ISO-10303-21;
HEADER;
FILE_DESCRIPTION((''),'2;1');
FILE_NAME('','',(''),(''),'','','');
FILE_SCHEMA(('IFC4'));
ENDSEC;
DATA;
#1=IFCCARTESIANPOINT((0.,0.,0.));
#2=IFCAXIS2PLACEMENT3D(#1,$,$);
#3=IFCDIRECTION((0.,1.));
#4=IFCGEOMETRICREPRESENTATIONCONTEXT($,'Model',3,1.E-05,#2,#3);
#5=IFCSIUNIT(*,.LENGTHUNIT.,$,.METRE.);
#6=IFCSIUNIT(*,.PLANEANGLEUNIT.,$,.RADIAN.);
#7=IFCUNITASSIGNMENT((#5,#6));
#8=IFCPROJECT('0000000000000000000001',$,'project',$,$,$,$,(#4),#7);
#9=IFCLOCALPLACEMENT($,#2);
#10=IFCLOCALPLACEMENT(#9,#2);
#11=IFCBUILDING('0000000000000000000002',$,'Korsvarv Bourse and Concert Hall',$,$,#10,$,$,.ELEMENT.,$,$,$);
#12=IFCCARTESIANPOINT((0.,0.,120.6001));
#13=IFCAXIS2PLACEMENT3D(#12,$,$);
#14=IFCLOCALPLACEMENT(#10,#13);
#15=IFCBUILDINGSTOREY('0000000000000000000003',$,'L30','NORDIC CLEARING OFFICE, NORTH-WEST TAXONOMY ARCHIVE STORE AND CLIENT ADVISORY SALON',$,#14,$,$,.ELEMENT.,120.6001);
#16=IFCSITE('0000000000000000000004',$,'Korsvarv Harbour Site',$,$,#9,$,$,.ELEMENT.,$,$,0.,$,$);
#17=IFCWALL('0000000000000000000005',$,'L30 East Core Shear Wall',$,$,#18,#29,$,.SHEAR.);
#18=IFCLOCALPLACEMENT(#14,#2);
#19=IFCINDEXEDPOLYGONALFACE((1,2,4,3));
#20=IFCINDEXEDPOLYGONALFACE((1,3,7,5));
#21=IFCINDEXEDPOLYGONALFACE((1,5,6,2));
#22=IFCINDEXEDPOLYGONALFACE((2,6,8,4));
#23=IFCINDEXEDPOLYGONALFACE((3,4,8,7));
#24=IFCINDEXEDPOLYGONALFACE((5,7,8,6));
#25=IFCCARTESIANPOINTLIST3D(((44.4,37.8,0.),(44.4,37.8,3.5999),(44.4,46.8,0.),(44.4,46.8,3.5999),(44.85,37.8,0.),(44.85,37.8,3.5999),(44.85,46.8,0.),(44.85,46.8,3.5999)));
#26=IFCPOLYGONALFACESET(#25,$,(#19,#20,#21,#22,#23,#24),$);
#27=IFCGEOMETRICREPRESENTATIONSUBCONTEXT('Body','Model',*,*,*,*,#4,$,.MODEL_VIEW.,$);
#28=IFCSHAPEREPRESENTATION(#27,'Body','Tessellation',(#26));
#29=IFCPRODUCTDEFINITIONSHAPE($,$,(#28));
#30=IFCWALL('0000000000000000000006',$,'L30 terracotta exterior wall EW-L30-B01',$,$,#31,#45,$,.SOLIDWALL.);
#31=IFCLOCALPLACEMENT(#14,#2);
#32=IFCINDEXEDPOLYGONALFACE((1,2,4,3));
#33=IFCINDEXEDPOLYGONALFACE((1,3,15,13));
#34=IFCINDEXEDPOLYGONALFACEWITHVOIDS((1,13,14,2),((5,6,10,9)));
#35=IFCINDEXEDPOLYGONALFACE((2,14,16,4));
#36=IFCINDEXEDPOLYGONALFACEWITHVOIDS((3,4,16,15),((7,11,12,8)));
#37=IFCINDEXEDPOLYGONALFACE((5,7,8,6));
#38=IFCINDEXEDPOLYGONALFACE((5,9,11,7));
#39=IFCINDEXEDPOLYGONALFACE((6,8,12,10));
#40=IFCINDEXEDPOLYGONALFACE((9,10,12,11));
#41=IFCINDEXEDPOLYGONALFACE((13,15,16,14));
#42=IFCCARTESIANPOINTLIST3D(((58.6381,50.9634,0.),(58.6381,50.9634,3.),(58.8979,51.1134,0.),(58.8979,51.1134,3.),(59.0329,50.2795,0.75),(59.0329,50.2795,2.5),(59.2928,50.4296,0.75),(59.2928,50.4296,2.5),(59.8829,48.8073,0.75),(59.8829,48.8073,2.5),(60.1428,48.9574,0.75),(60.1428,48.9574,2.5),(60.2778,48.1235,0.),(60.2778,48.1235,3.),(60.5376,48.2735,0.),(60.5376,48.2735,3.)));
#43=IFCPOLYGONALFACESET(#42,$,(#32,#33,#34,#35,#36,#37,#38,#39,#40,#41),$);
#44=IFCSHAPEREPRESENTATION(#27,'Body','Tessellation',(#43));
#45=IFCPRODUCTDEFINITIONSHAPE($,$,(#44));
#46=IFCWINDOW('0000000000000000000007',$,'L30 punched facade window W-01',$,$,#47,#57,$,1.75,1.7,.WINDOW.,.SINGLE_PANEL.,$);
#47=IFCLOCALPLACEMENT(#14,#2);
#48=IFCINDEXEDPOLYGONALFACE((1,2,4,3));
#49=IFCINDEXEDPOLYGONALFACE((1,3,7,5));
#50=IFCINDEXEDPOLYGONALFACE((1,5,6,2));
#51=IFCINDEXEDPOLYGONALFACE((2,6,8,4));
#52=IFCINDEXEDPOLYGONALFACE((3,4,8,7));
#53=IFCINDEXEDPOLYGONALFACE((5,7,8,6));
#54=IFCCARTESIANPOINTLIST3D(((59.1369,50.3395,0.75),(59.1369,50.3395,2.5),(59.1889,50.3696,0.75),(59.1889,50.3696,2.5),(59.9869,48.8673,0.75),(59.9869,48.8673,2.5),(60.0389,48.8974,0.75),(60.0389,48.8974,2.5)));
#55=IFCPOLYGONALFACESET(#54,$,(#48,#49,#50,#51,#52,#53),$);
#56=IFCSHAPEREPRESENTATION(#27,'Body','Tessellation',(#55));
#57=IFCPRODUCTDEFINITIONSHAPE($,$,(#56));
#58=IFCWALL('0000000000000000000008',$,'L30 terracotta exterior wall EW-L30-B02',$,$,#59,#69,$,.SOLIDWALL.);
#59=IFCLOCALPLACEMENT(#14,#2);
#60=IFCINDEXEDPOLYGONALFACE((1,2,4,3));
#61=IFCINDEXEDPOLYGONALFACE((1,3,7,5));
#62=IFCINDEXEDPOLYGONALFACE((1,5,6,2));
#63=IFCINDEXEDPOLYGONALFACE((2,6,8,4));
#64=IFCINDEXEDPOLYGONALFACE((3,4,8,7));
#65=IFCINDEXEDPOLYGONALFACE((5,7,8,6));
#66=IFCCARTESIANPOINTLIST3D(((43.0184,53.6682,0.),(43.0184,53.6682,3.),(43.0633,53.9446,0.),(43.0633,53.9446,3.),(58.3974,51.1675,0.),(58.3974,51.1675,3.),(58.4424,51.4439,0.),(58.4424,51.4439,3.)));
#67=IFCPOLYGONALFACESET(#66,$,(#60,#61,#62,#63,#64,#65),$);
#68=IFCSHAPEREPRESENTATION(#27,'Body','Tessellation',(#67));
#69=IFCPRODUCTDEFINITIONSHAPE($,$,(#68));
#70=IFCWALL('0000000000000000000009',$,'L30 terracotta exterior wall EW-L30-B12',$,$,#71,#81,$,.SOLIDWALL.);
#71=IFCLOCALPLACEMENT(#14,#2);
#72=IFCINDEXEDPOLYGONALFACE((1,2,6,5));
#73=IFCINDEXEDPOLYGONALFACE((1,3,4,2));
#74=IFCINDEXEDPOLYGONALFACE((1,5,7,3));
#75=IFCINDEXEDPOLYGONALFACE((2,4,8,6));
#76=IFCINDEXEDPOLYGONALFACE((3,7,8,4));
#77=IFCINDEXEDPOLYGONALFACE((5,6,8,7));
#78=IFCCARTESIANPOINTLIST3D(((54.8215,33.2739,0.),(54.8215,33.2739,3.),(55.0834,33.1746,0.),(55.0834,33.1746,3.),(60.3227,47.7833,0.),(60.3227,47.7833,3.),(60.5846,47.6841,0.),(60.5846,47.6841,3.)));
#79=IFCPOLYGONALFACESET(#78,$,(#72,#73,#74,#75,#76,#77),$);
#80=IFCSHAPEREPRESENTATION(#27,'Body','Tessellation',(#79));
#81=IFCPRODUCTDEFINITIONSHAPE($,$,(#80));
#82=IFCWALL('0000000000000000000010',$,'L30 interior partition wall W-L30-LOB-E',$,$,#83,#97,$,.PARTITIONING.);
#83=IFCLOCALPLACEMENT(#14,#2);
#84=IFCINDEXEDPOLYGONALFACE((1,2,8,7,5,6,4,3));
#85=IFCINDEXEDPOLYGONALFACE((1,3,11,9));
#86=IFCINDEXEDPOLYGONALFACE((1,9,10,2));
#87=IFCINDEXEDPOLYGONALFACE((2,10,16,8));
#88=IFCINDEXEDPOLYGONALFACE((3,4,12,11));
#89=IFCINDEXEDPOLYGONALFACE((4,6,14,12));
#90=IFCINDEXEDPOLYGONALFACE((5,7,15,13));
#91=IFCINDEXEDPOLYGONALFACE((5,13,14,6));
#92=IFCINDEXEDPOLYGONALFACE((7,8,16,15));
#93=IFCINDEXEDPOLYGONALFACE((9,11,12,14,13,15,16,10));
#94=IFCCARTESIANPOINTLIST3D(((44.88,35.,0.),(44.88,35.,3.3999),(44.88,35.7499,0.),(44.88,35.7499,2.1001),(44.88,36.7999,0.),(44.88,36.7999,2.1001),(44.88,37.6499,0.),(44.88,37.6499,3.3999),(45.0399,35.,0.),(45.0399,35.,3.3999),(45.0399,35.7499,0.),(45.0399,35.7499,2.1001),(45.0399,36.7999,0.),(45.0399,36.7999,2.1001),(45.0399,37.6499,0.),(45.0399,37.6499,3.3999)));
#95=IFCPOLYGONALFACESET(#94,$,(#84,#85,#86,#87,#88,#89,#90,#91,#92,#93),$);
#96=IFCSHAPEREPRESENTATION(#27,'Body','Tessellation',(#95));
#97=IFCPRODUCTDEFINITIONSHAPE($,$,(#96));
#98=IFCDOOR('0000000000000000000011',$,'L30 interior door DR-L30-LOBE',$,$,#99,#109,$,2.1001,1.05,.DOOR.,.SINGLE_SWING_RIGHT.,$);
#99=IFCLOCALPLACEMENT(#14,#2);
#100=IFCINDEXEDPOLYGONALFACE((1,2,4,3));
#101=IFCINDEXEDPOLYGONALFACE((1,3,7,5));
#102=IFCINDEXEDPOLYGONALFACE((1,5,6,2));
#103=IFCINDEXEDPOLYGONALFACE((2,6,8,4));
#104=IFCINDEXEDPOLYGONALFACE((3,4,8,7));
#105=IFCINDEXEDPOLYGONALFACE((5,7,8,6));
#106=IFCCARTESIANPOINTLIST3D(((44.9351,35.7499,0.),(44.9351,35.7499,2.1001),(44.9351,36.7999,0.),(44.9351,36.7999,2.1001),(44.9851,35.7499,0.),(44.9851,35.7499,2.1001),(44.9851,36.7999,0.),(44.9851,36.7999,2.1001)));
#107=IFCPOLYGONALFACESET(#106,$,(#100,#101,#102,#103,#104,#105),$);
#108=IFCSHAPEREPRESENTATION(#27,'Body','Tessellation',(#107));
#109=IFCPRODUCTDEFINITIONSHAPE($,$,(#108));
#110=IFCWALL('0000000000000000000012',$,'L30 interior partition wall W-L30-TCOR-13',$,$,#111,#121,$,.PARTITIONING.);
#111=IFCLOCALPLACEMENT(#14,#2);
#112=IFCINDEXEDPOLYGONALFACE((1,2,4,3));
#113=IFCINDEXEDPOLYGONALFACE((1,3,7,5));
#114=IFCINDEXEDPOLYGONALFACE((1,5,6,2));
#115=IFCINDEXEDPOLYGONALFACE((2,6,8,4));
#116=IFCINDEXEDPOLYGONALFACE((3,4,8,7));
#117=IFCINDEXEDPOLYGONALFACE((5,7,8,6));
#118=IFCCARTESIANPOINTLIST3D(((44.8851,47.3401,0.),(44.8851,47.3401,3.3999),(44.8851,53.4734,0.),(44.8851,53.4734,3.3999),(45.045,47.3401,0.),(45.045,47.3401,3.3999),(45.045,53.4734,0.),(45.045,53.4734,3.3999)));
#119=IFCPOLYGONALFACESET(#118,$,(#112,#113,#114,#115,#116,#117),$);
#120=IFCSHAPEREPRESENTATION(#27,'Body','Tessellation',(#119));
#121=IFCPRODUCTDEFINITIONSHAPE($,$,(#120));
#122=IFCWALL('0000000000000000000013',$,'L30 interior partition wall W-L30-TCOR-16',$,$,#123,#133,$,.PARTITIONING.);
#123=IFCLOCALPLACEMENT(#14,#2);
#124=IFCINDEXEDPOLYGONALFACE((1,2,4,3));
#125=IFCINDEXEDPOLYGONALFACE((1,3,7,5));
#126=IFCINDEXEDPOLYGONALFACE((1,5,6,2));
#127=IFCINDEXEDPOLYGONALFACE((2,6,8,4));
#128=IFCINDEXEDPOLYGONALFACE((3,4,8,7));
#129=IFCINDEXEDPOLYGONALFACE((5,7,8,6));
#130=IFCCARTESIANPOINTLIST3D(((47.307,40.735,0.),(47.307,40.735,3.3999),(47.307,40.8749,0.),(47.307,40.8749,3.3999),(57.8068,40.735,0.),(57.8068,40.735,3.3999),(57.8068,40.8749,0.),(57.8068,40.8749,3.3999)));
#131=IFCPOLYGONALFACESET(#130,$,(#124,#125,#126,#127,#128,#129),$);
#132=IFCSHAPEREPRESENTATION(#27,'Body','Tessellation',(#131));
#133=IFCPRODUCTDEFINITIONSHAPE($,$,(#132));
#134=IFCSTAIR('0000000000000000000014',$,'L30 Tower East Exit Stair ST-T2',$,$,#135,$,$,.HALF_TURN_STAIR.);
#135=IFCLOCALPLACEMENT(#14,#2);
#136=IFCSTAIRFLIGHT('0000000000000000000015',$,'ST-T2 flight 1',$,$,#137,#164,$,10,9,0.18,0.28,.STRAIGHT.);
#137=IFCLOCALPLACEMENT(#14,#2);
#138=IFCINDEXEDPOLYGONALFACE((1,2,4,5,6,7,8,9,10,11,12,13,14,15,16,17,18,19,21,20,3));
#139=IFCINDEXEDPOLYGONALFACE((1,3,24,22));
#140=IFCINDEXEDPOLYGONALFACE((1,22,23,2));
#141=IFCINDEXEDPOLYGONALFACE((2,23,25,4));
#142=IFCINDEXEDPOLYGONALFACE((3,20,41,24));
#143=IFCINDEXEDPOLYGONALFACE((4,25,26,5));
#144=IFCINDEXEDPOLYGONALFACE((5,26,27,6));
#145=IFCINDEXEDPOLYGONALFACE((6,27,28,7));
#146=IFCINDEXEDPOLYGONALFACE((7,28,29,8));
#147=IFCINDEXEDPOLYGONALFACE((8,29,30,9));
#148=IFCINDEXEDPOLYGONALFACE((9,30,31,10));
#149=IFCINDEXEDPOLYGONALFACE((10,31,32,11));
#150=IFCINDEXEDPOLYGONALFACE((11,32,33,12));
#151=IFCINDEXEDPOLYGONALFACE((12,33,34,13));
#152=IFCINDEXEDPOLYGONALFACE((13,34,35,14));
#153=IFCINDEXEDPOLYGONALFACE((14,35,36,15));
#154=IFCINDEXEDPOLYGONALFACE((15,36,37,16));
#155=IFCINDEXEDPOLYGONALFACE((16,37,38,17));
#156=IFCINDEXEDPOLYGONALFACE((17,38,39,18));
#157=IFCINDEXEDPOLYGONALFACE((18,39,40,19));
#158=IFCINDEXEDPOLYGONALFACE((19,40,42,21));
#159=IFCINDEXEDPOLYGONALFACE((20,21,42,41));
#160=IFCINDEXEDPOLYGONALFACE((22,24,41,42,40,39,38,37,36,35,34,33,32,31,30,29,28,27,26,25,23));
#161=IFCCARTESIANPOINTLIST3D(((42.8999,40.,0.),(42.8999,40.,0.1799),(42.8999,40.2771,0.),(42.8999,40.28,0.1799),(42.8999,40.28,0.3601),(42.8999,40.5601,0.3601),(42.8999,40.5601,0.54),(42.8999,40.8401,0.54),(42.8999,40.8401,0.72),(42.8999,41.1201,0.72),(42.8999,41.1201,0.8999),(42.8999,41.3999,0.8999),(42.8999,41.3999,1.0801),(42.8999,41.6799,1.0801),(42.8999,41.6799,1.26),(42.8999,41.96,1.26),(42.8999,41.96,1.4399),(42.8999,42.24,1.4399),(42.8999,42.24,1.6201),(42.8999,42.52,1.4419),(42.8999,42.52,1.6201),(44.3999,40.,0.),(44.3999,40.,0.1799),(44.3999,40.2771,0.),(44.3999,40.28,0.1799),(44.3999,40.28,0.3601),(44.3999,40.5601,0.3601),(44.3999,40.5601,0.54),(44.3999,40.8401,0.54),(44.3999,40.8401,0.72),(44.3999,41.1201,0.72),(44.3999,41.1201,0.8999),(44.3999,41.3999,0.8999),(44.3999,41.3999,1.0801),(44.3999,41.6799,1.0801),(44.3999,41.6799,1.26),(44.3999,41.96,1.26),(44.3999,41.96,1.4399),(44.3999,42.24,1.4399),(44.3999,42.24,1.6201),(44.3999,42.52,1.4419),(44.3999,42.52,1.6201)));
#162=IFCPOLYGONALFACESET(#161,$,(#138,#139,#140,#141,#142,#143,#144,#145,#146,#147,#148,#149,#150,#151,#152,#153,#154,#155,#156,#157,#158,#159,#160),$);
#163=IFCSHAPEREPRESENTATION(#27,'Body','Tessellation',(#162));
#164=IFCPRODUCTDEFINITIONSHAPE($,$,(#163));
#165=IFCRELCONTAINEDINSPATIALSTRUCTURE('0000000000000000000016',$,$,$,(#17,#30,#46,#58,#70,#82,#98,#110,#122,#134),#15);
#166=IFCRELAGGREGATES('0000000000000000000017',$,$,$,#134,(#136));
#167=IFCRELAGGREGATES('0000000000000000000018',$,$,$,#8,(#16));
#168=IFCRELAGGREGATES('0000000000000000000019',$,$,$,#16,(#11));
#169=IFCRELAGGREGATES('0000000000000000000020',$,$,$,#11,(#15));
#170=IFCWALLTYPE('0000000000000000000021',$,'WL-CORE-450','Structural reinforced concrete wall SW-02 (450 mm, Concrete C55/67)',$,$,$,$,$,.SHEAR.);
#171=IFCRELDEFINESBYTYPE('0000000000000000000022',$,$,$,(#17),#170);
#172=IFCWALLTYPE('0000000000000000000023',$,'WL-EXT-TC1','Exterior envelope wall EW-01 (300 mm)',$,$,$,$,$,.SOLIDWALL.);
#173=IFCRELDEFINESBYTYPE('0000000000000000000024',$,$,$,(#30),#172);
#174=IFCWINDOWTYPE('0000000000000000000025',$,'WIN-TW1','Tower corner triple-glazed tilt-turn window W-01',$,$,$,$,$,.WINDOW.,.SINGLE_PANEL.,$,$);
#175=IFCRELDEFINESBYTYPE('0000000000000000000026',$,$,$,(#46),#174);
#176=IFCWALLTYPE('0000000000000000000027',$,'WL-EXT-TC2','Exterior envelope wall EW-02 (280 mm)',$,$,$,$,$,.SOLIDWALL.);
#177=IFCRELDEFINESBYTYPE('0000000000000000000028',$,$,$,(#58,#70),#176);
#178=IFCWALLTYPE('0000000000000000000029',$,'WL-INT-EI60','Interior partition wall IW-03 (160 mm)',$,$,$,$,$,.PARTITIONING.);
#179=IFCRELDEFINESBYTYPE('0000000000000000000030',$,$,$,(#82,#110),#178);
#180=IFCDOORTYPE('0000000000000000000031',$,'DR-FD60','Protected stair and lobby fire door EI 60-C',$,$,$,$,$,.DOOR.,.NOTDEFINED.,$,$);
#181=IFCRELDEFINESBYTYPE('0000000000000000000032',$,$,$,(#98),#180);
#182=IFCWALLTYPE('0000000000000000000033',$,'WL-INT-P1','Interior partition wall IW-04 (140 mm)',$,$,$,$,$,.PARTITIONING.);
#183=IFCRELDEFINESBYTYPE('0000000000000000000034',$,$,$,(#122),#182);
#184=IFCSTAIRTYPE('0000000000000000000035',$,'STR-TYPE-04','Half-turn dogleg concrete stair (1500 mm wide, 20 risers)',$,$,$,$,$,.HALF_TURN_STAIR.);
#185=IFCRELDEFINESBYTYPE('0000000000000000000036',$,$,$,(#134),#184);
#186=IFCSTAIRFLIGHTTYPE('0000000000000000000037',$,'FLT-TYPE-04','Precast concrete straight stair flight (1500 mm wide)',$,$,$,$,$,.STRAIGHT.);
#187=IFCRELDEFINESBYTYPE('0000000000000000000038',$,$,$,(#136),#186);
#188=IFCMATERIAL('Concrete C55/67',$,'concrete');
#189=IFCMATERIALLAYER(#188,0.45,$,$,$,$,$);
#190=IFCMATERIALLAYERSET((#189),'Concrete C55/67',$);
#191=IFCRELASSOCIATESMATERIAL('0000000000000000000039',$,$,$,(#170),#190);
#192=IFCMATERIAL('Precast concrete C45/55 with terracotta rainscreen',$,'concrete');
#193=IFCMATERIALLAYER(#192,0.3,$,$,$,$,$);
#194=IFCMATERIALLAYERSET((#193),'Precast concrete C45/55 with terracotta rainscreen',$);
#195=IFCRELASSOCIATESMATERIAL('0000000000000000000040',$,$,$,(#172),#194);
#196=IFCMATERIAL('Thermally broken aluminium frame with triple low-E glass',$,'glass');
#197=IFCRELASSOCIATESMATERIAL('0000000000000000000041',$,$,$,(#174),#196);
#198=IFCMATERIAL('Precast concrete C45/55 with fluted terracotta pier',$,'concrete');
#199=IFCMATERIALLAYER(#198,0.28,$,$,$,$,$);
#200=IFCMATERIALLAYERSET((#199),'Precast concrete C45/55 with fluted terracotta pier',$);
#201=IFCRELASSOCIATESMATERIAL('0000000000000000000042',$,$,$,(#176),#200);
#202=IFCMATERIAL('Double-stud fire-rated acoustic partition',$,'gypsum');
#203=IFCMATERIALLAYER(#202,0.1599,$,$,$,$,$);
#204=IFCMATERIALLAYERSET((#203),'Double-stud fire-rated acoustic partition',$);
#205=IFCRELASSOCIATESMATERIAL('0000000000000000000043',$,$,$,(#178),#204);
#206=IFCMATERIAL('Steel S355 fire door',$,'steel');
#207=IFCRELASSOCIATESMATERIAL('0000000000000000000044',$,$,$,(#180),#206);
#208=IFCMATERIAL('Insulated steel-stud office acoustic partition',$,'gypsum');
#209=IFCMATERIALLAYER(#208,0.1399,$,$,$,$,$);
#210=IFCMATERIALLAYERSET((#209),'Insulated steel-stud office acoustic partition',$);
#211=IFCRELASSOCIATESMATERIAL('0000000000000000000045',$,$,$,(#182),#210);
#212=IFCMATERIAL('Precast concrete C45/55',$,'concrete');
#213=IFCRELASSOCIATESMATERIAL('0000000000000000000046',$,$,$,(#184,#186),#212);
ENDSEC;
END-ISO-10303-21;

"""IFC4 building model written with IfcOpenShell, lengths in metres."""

from ifc_helpers import new_model, si_unit, direction, frame, frame_2d, origin, place, context, subcontext, project, spatial, polyline, rectangle, outline, extrude, material, layer, layer_set, type_object, element, fill, aggregate, save


model = new_model("IFC4")

# Units and contexts
model_context = context("Model", 3, precision=1e-05, world=origin(), true_north=direction((0.0, 1.0)))
body_context = subcontext(model_context, "Body", "Model", "MODEL_VIEW")
ifc_project = project(units=[si_unit("LENGTHUNIT", "METRE"), si_unit("PLANEANGLEUNIT", "RADIAN")], contexts=[model_context])

# Site, building, storey
site_placement = place(None, origin())
site = spatial("IfcSite", under=ifc_project, at=site_placement, Name="Korsvarv Harbour Site", CompositionType="ELEMENT", RefElevation=0.0)
building_placement = place(site_placement, origin())
building = spatial("IfcBuilding", under=site, at=building_placement, Name="Korsvarv Bourse and Concert Hall", CompositionType="ELEMENT")
storey_placement = place(building_placement, frame((0.0, 0.0, 120.6001)))
storey = spatial("IfcBuildingStorey", under=building, at=storey_placement, Name="L30", Description="NORDIC CLEARING OFFICE, NORTH-WEST TAXONOMY ARCHIVE STORE AND CLIENT ADVISORY SALON", CompositionType="ELEMENT", Elevation=120.6001)

# Wall
ifc_material_1 = material(Name="Concrete C55/67", Category="concrete")
ifc_layer_1 = layer(ifc_material_1, 0.45)
ifc_layer_set_1 = layer_set([ifc_layer_1], Name="Concrete C55/67")
wall_type_1 = type_object("IfcWallType", Name="WL-CORE-450", Description="Structural reinforced concrete wall SW-02 (450 mm, Concrete C55/67)", PredefinedType="SHEAR", material=ifc_layer_set_1)
wall_1_placement = place(storey_placement, frame((44.625, 37.8, 0.0), z_axis=(0.0, 0.0, 1.0), x_axis=(0.0, 1.0, 0.0)))
element("IfcWall", 1, at=wall_1_placement, inside=storey, type_object=wall_type_1, Name="L30 East Core Shear Wall", PredefinedType="SHEAR", context=body_context, shape_type="SweptSolid", body=[
    extrude(rectangle(XDim=9.0, YDim=0.45, at=frame_2d((4.5, 0.0))), origin(), (0.0, 0.0, 1.0), 3.5999),
])

# Wall, opening, window
ifc_material_2 = material(Name="Precast concrete C45/55 with terracotta rainscreen", Category="concrete")
ifc_layer_2 = layer(ifc_material_2, 0.3)
ifc_layer_set_2 = layer_set([ifc_layer_2], Name="Precast concrete C45/55 with terracotta rainscreen")
wall_type_2 = type_object("IfcWallType", Name="WL-EXT-TC1", Description="Exterior envelope wall EW-01 (300 mm)", PredefinedType="SOLIDWALL", material=ifc_layer_set_2)
wall_2_placement = place(storey_placement, frame((60.4077, 48.1985, 0.0), z_axis=(0.0, 0.0, 1.0), x_axis=(-0.500015, 0.866017, 0.0)))
wall_2 = element("IfcWall", 2, at=wall_2_placement, inside=storey, type_object=wall_type_2, Name="L30 terracotta exterior wall EW-L30-B01", PredefinedType="SOLIDWALL", context=body_context, shape_type="SweptSolid", body=[
    extrude(rectangle(XDim=3.2793, YDim=0.3, at=frame_2d((1.6396, 0.0))), origin(), (0.0, 0.0, 1.0), 3.0),
])
opening_1_placement = place(wall_2_placement, frame((0.7896, 0.0, 0.75)))
opening_1 = element("IfcOpeningElement", 3, at=opening_1_placement, cuts=wall_2, PredefinedType="OPENING", context=body_context, shape_type="SweptSolid", body=[
    extrude(rectangle(XDim=1.7, YDim=1.75, at=frame_2d((0.8501, 0.875))), frame((0.0, 0.1602, 0.0), z_axis=(0.0, -1.0, 0.0), x_axis=(1.0, 0.0, 0.0)), (0.0, 0.0, 1.0), 0.3201),
])
ifc_material_3 = material(Name="Thermally broken aluminium frame with triple low-E glass", Category="glass")
window_type = type_object("IfcWindowType", Name="WIN-TW1", Description="Tower corner triple-glazed tilt-turn window W-01", PartitioningType="SINGLE_PANEL", PredefinedType="WINDOW", material=ifc_material_3)
window_placement = place(opening_1_placement, origin())
window = element("IfcWindow", 4, at=window_placement, inside=storey, type_object=window_type, Name="L30 punched facade window W-01", OverallHeight=1.75, OverallWidth=1.7, PartitioningType="SINGLE_PANEL", PredefinedType="WINDOW", context=body_context, shape_type="SweptSolid", body=[
    extrude(rectangle(XDim=1.7, YDim=1.75, at=frame_2d((0.8501, 0.875))), frame((0.0, 0.03, 0.0), z_axis=(0.0, -1.0, 0.0), x_axis=(1.0, 0.0, 0.0)), (0.0, 0.0, 1.0), 0.0601),
])
fill(opening_1, window)

# Walls
ifc_material_4 = material(Name="Precast concrete C45/55 with fluted terracotta pier", Category="concrete")
ifc_layer_3 = layer(ifc_material_4, 0.28)
ifc_layer_set_3 = layer_set([ifc_layer_3], Name="Precast concrete C45/55 with fluted terracotta pier")
wall_type_3 = type_object("IfcWallType", Name="WL-EXT-TC2", Description="Exterior envelope wall EW-02 (280 mm)", PredefinedType="SOLIDWALL", material=ifc_layer_set_3)
wall_3_placement = place(storey_placement, frame((58.4199, 51.3057, 0.0), z_axis=(0.0, 0.0, 1.0), x_axis=(-0.987036, 0.160497, 0.0)))
element("IfcWall", 5, at=wall_3_placement, inside=storey, type_object=wall_type_3, Name="L30 terracotta exterior wall EW-L30-B02", PredefinedType="SOLIDWALL", context=body_context, shape_type="SweptSolid", body=[
    extrude(rectangle(XDim=15.5811, YDim=0.28, at=frame_2d((7.7905, 0.0))), origin(), (0.0, 0.0, 1.0), 3.0),
])
wall_4_placement = place(storey_placement, frame((54.9524, 33.2241, 0.0), z_axis=(0.0, 0.0, 1.0), x_axis=(0.35452, 0.935049, 0.0)))
element("IfcWall", 6, at=wall_4_placement, inside=storey, type_object=wall_type_3, Name="L30 terracotta exterior wall EW-L30-B12", PredefinedType="SOLIDWALL", context=body_context, shape_type="SweptSolid", body=[
    extrude(rectangle(XDim=15.5173, YDim=0.28, at=frame_2d((7.7588, 0.0))), origin(), (0.0, 0.0, 1.0), 3.0),
])

# Wall, opening, door
ifc_material_5 = material(Name="Double-stud fire-rated acoustic partition", Category="gypsum")
ifc_layer_4 = layer(ifc_material_5, 0.1599)
ifc_layer_set_4 = layer_set([ifc_layer_4], Name="Double-stud fire-rated acoustic partition")
wall_type_4 = type_object("IfcWallType", Name="WL-INT-EI60", Description="Interior partition wall IW-03 (160 mm)", PredefinedType="PARTITIONING", material=ifc_layer_set_4)
wall_5_placement = place(storey_placement, frame((44.96, 35.0, 0.0), z_axis=(0.0, 0.0, 1.0), x_axis=(0.0, 1.0, 0.0)))
wall_5 = element("IfcWall", 7, at=wall_5_placement, inside=storey, type_object=wall_type_4, Name="L30 interior partition wall W-L30-LOB-E", PredefinedType="PARTITIONING", context=body_context, shape_type="SweptSolid", body=[
    extrude(rectangle(XDim=2.6499, YDim=0.1599, at=frame_2d((1.325, 0.0))), origin(), (0.0, 0.0, 1.0), 3.3999),
])
opening_2_placement = place(wall_5_placement, frame((0.75, 0.0, 0.0)))
opening_2 = element("IfcOpeningElement", 8, at=opening_2_placement, cuts=wall_5, PredefinedType="OPENING", context=body_context, shape_type="SweptSolid", body=[
    extrude(rectangle(XDim=1.05, YDim=2.1001, at=frame_2d((0.5249, 1.05))), frame((0.0, 0.0898, 0.0), z_axis=(0.0, -1.0, 0.0), x_axis=(1.0, 0.0, 0.0)), (0.0, 0.0, 1.0), 0.1799),
])
ifc_material_6 = material(Name="Steel S355 fire door", Category="steel")
door_type = type_object("IfcDoorType", Name="DR-FD60", Description="Protected stair and lobby fire door EI 60-C", OperationType="NOTDEFINED", PredefinedType="DOOR", material=ifc_material_6)
door_placement = place(opening_2_placement, origin())
door = element("IfcDoor", 9, at=door_placement, inside=storey, type_object=door_type, Name="L30 interior door DR-L30-LOBE", OperationType="SINGLE_SWING_RIGHT", OverallHeight=2.1001, OverallWidth=1.05, PredefinedType="DOOR", context=body_context, shape_type="SweptSolid", body=[
    extrude(rectangle(XDim=1.05, YDim=2.1001, at=frame_2d((0.5249, 1.05))), frame((0.0, 0.0249, 0.0), z_axis=(0.0, -1.0, 0.0), x_axis=(1.0, 0.0, 0.0)), (0.0, 0.0, 1.0), 0.05),
])
fill(opening_2, door)

# Walls
wall_6_placement = place(storey_placement, frame((44.9651, 47.3401, 0.0), z_axis=(0.0, 0.0, 1.0), x_axis=(0.0, 1.0, 0.0)))
element("IfcWall", 10, at=wall_6_placement, inside=storey, type_object=wall_type_4, Name="L30 interior partition wall W-L30-TCOR-13", PredefinedType="PARTITIONING", context=body_context, shape_type="SweptSolid", body=[
    extrude(rectangle(XDim=6.1333, YDim=0.1599, at=frame_2d((3.0667, 0.0))), origin(), (0.0, 0.0, 1.0), 3.3999),
])
ifc_material_7 = material(Name="Insulated steel-stud office acoustic partition", Category="gypsum")
ifc_layer_5 = layer(ifc_material_7, 0.1399)
ifc_layer_set_5 = layer_set([ifc_layer_5], Name="Insulated steel-stud office acoustic partition")
wall_type_5 = type_object("IfcWallType", Name="WL-INT-P1", Description="Interior partition wall IW-04 (140 mm)", PredefinedType="PARTITIONING", material=ifc_layer_set_5)
wall_7_placement = place(storey_placement, frame((47.3069, 40.8049, 0.0), z_axis=(0.0, 0.0, 1.0), x_axis=(1.0, 0.0, 0.0)))
element("IfcWall", 11, at=wall_7_placement, inside=storey, type_object=wall_type_5, Name="L30 interior partition wall W-L30-TCOR-16", PredefinedType="PARTITIONING", context=body_context, shape_type="SweptSolid", body=[
    extrude(rectangle(XDim=10.4998, YDim=0.1399, at=frame_2d((5.25, 0.0))), origin(), (0.0, 0.0, 1.0), 3.3999),
])

# Stair, stair flight
ifc_material_8 = material(Name="Precast concrete C45/55", Category="concrete")
stair_type = type_object("IfcStairType", Name="STR-TYPE-04", Description="Half-turn dogleg concrete stair (1500 mm wide, 20 risers)", PredefinedType="HALF_TURN_STAIR", material=ifc_material_8)
stair_placement = place(storey_placement, origin())
stair = element("IfcStair", 12, at=stair_placement, inside=storey, type_object=stair_type, Name="L30 Tower East Exit Stair ST-T2", PredefinedType="HALF_TURN_STAIR")
stair_flight_type = type_object("IfcStairFlightType", Name="FLT-TYPE-04", Description="Precast concrete straight stair flight (1500 mm wide)", PredefinedType="STRAIGHT", material=ifc_material_8)
stair_flight_placement = place(storey_placement, frame((43.6499, 40.0, 0.0), z_axis=(0.0, 0.0, 1.0), x_axis=(0.0, 1.0, 0.0)))
stair_flight = element("IfcStairFlight", 13, at=stair_flight_placement, type_object=stair_flight_type, Name="ST-T2 flight 1", NumberOfRisers=10, NumberOfTreads=9, PredefinedType="STRAIGHT", RiserHeight=0.18, TreadLength=0.28, context=body_context, shape_type="SweptSolid", body=[
    extrude(outline(polyline([(0.0, 0.0), (0.0, 0.1799), (0.28, 0.1799), (0.28, 0.3601), (0.5601, 0.3601), (0.5601, 0.54), (0.8401, 0.54), (0.8401, 0.72), (1.1201, 0.72), (1.1201, 0.8999), (1.3999, 0.8999), (1.3999, 1.0801), (1.6799, 1.0801), (1.6799, 1.26), (1.96, 1.26), (1.96, 1.4399), (2.24, 1.4399), (2.24, 1.6201), (2.52, 1.6201), (2.52, 1.8), (2.52, 1.4419), (0.2771, 0.0), (0.0, 0.0)])), frame((0.0, 0.75, 0.0), z_axis=(0.0, -1.0, 0.0), x_axis=(1.0, 0.0, 0.0)), (0.0, 0.0, 1.0), 1.5),
])
aggregate(stair, [stair_flight])

save(model, "model.ifc")
